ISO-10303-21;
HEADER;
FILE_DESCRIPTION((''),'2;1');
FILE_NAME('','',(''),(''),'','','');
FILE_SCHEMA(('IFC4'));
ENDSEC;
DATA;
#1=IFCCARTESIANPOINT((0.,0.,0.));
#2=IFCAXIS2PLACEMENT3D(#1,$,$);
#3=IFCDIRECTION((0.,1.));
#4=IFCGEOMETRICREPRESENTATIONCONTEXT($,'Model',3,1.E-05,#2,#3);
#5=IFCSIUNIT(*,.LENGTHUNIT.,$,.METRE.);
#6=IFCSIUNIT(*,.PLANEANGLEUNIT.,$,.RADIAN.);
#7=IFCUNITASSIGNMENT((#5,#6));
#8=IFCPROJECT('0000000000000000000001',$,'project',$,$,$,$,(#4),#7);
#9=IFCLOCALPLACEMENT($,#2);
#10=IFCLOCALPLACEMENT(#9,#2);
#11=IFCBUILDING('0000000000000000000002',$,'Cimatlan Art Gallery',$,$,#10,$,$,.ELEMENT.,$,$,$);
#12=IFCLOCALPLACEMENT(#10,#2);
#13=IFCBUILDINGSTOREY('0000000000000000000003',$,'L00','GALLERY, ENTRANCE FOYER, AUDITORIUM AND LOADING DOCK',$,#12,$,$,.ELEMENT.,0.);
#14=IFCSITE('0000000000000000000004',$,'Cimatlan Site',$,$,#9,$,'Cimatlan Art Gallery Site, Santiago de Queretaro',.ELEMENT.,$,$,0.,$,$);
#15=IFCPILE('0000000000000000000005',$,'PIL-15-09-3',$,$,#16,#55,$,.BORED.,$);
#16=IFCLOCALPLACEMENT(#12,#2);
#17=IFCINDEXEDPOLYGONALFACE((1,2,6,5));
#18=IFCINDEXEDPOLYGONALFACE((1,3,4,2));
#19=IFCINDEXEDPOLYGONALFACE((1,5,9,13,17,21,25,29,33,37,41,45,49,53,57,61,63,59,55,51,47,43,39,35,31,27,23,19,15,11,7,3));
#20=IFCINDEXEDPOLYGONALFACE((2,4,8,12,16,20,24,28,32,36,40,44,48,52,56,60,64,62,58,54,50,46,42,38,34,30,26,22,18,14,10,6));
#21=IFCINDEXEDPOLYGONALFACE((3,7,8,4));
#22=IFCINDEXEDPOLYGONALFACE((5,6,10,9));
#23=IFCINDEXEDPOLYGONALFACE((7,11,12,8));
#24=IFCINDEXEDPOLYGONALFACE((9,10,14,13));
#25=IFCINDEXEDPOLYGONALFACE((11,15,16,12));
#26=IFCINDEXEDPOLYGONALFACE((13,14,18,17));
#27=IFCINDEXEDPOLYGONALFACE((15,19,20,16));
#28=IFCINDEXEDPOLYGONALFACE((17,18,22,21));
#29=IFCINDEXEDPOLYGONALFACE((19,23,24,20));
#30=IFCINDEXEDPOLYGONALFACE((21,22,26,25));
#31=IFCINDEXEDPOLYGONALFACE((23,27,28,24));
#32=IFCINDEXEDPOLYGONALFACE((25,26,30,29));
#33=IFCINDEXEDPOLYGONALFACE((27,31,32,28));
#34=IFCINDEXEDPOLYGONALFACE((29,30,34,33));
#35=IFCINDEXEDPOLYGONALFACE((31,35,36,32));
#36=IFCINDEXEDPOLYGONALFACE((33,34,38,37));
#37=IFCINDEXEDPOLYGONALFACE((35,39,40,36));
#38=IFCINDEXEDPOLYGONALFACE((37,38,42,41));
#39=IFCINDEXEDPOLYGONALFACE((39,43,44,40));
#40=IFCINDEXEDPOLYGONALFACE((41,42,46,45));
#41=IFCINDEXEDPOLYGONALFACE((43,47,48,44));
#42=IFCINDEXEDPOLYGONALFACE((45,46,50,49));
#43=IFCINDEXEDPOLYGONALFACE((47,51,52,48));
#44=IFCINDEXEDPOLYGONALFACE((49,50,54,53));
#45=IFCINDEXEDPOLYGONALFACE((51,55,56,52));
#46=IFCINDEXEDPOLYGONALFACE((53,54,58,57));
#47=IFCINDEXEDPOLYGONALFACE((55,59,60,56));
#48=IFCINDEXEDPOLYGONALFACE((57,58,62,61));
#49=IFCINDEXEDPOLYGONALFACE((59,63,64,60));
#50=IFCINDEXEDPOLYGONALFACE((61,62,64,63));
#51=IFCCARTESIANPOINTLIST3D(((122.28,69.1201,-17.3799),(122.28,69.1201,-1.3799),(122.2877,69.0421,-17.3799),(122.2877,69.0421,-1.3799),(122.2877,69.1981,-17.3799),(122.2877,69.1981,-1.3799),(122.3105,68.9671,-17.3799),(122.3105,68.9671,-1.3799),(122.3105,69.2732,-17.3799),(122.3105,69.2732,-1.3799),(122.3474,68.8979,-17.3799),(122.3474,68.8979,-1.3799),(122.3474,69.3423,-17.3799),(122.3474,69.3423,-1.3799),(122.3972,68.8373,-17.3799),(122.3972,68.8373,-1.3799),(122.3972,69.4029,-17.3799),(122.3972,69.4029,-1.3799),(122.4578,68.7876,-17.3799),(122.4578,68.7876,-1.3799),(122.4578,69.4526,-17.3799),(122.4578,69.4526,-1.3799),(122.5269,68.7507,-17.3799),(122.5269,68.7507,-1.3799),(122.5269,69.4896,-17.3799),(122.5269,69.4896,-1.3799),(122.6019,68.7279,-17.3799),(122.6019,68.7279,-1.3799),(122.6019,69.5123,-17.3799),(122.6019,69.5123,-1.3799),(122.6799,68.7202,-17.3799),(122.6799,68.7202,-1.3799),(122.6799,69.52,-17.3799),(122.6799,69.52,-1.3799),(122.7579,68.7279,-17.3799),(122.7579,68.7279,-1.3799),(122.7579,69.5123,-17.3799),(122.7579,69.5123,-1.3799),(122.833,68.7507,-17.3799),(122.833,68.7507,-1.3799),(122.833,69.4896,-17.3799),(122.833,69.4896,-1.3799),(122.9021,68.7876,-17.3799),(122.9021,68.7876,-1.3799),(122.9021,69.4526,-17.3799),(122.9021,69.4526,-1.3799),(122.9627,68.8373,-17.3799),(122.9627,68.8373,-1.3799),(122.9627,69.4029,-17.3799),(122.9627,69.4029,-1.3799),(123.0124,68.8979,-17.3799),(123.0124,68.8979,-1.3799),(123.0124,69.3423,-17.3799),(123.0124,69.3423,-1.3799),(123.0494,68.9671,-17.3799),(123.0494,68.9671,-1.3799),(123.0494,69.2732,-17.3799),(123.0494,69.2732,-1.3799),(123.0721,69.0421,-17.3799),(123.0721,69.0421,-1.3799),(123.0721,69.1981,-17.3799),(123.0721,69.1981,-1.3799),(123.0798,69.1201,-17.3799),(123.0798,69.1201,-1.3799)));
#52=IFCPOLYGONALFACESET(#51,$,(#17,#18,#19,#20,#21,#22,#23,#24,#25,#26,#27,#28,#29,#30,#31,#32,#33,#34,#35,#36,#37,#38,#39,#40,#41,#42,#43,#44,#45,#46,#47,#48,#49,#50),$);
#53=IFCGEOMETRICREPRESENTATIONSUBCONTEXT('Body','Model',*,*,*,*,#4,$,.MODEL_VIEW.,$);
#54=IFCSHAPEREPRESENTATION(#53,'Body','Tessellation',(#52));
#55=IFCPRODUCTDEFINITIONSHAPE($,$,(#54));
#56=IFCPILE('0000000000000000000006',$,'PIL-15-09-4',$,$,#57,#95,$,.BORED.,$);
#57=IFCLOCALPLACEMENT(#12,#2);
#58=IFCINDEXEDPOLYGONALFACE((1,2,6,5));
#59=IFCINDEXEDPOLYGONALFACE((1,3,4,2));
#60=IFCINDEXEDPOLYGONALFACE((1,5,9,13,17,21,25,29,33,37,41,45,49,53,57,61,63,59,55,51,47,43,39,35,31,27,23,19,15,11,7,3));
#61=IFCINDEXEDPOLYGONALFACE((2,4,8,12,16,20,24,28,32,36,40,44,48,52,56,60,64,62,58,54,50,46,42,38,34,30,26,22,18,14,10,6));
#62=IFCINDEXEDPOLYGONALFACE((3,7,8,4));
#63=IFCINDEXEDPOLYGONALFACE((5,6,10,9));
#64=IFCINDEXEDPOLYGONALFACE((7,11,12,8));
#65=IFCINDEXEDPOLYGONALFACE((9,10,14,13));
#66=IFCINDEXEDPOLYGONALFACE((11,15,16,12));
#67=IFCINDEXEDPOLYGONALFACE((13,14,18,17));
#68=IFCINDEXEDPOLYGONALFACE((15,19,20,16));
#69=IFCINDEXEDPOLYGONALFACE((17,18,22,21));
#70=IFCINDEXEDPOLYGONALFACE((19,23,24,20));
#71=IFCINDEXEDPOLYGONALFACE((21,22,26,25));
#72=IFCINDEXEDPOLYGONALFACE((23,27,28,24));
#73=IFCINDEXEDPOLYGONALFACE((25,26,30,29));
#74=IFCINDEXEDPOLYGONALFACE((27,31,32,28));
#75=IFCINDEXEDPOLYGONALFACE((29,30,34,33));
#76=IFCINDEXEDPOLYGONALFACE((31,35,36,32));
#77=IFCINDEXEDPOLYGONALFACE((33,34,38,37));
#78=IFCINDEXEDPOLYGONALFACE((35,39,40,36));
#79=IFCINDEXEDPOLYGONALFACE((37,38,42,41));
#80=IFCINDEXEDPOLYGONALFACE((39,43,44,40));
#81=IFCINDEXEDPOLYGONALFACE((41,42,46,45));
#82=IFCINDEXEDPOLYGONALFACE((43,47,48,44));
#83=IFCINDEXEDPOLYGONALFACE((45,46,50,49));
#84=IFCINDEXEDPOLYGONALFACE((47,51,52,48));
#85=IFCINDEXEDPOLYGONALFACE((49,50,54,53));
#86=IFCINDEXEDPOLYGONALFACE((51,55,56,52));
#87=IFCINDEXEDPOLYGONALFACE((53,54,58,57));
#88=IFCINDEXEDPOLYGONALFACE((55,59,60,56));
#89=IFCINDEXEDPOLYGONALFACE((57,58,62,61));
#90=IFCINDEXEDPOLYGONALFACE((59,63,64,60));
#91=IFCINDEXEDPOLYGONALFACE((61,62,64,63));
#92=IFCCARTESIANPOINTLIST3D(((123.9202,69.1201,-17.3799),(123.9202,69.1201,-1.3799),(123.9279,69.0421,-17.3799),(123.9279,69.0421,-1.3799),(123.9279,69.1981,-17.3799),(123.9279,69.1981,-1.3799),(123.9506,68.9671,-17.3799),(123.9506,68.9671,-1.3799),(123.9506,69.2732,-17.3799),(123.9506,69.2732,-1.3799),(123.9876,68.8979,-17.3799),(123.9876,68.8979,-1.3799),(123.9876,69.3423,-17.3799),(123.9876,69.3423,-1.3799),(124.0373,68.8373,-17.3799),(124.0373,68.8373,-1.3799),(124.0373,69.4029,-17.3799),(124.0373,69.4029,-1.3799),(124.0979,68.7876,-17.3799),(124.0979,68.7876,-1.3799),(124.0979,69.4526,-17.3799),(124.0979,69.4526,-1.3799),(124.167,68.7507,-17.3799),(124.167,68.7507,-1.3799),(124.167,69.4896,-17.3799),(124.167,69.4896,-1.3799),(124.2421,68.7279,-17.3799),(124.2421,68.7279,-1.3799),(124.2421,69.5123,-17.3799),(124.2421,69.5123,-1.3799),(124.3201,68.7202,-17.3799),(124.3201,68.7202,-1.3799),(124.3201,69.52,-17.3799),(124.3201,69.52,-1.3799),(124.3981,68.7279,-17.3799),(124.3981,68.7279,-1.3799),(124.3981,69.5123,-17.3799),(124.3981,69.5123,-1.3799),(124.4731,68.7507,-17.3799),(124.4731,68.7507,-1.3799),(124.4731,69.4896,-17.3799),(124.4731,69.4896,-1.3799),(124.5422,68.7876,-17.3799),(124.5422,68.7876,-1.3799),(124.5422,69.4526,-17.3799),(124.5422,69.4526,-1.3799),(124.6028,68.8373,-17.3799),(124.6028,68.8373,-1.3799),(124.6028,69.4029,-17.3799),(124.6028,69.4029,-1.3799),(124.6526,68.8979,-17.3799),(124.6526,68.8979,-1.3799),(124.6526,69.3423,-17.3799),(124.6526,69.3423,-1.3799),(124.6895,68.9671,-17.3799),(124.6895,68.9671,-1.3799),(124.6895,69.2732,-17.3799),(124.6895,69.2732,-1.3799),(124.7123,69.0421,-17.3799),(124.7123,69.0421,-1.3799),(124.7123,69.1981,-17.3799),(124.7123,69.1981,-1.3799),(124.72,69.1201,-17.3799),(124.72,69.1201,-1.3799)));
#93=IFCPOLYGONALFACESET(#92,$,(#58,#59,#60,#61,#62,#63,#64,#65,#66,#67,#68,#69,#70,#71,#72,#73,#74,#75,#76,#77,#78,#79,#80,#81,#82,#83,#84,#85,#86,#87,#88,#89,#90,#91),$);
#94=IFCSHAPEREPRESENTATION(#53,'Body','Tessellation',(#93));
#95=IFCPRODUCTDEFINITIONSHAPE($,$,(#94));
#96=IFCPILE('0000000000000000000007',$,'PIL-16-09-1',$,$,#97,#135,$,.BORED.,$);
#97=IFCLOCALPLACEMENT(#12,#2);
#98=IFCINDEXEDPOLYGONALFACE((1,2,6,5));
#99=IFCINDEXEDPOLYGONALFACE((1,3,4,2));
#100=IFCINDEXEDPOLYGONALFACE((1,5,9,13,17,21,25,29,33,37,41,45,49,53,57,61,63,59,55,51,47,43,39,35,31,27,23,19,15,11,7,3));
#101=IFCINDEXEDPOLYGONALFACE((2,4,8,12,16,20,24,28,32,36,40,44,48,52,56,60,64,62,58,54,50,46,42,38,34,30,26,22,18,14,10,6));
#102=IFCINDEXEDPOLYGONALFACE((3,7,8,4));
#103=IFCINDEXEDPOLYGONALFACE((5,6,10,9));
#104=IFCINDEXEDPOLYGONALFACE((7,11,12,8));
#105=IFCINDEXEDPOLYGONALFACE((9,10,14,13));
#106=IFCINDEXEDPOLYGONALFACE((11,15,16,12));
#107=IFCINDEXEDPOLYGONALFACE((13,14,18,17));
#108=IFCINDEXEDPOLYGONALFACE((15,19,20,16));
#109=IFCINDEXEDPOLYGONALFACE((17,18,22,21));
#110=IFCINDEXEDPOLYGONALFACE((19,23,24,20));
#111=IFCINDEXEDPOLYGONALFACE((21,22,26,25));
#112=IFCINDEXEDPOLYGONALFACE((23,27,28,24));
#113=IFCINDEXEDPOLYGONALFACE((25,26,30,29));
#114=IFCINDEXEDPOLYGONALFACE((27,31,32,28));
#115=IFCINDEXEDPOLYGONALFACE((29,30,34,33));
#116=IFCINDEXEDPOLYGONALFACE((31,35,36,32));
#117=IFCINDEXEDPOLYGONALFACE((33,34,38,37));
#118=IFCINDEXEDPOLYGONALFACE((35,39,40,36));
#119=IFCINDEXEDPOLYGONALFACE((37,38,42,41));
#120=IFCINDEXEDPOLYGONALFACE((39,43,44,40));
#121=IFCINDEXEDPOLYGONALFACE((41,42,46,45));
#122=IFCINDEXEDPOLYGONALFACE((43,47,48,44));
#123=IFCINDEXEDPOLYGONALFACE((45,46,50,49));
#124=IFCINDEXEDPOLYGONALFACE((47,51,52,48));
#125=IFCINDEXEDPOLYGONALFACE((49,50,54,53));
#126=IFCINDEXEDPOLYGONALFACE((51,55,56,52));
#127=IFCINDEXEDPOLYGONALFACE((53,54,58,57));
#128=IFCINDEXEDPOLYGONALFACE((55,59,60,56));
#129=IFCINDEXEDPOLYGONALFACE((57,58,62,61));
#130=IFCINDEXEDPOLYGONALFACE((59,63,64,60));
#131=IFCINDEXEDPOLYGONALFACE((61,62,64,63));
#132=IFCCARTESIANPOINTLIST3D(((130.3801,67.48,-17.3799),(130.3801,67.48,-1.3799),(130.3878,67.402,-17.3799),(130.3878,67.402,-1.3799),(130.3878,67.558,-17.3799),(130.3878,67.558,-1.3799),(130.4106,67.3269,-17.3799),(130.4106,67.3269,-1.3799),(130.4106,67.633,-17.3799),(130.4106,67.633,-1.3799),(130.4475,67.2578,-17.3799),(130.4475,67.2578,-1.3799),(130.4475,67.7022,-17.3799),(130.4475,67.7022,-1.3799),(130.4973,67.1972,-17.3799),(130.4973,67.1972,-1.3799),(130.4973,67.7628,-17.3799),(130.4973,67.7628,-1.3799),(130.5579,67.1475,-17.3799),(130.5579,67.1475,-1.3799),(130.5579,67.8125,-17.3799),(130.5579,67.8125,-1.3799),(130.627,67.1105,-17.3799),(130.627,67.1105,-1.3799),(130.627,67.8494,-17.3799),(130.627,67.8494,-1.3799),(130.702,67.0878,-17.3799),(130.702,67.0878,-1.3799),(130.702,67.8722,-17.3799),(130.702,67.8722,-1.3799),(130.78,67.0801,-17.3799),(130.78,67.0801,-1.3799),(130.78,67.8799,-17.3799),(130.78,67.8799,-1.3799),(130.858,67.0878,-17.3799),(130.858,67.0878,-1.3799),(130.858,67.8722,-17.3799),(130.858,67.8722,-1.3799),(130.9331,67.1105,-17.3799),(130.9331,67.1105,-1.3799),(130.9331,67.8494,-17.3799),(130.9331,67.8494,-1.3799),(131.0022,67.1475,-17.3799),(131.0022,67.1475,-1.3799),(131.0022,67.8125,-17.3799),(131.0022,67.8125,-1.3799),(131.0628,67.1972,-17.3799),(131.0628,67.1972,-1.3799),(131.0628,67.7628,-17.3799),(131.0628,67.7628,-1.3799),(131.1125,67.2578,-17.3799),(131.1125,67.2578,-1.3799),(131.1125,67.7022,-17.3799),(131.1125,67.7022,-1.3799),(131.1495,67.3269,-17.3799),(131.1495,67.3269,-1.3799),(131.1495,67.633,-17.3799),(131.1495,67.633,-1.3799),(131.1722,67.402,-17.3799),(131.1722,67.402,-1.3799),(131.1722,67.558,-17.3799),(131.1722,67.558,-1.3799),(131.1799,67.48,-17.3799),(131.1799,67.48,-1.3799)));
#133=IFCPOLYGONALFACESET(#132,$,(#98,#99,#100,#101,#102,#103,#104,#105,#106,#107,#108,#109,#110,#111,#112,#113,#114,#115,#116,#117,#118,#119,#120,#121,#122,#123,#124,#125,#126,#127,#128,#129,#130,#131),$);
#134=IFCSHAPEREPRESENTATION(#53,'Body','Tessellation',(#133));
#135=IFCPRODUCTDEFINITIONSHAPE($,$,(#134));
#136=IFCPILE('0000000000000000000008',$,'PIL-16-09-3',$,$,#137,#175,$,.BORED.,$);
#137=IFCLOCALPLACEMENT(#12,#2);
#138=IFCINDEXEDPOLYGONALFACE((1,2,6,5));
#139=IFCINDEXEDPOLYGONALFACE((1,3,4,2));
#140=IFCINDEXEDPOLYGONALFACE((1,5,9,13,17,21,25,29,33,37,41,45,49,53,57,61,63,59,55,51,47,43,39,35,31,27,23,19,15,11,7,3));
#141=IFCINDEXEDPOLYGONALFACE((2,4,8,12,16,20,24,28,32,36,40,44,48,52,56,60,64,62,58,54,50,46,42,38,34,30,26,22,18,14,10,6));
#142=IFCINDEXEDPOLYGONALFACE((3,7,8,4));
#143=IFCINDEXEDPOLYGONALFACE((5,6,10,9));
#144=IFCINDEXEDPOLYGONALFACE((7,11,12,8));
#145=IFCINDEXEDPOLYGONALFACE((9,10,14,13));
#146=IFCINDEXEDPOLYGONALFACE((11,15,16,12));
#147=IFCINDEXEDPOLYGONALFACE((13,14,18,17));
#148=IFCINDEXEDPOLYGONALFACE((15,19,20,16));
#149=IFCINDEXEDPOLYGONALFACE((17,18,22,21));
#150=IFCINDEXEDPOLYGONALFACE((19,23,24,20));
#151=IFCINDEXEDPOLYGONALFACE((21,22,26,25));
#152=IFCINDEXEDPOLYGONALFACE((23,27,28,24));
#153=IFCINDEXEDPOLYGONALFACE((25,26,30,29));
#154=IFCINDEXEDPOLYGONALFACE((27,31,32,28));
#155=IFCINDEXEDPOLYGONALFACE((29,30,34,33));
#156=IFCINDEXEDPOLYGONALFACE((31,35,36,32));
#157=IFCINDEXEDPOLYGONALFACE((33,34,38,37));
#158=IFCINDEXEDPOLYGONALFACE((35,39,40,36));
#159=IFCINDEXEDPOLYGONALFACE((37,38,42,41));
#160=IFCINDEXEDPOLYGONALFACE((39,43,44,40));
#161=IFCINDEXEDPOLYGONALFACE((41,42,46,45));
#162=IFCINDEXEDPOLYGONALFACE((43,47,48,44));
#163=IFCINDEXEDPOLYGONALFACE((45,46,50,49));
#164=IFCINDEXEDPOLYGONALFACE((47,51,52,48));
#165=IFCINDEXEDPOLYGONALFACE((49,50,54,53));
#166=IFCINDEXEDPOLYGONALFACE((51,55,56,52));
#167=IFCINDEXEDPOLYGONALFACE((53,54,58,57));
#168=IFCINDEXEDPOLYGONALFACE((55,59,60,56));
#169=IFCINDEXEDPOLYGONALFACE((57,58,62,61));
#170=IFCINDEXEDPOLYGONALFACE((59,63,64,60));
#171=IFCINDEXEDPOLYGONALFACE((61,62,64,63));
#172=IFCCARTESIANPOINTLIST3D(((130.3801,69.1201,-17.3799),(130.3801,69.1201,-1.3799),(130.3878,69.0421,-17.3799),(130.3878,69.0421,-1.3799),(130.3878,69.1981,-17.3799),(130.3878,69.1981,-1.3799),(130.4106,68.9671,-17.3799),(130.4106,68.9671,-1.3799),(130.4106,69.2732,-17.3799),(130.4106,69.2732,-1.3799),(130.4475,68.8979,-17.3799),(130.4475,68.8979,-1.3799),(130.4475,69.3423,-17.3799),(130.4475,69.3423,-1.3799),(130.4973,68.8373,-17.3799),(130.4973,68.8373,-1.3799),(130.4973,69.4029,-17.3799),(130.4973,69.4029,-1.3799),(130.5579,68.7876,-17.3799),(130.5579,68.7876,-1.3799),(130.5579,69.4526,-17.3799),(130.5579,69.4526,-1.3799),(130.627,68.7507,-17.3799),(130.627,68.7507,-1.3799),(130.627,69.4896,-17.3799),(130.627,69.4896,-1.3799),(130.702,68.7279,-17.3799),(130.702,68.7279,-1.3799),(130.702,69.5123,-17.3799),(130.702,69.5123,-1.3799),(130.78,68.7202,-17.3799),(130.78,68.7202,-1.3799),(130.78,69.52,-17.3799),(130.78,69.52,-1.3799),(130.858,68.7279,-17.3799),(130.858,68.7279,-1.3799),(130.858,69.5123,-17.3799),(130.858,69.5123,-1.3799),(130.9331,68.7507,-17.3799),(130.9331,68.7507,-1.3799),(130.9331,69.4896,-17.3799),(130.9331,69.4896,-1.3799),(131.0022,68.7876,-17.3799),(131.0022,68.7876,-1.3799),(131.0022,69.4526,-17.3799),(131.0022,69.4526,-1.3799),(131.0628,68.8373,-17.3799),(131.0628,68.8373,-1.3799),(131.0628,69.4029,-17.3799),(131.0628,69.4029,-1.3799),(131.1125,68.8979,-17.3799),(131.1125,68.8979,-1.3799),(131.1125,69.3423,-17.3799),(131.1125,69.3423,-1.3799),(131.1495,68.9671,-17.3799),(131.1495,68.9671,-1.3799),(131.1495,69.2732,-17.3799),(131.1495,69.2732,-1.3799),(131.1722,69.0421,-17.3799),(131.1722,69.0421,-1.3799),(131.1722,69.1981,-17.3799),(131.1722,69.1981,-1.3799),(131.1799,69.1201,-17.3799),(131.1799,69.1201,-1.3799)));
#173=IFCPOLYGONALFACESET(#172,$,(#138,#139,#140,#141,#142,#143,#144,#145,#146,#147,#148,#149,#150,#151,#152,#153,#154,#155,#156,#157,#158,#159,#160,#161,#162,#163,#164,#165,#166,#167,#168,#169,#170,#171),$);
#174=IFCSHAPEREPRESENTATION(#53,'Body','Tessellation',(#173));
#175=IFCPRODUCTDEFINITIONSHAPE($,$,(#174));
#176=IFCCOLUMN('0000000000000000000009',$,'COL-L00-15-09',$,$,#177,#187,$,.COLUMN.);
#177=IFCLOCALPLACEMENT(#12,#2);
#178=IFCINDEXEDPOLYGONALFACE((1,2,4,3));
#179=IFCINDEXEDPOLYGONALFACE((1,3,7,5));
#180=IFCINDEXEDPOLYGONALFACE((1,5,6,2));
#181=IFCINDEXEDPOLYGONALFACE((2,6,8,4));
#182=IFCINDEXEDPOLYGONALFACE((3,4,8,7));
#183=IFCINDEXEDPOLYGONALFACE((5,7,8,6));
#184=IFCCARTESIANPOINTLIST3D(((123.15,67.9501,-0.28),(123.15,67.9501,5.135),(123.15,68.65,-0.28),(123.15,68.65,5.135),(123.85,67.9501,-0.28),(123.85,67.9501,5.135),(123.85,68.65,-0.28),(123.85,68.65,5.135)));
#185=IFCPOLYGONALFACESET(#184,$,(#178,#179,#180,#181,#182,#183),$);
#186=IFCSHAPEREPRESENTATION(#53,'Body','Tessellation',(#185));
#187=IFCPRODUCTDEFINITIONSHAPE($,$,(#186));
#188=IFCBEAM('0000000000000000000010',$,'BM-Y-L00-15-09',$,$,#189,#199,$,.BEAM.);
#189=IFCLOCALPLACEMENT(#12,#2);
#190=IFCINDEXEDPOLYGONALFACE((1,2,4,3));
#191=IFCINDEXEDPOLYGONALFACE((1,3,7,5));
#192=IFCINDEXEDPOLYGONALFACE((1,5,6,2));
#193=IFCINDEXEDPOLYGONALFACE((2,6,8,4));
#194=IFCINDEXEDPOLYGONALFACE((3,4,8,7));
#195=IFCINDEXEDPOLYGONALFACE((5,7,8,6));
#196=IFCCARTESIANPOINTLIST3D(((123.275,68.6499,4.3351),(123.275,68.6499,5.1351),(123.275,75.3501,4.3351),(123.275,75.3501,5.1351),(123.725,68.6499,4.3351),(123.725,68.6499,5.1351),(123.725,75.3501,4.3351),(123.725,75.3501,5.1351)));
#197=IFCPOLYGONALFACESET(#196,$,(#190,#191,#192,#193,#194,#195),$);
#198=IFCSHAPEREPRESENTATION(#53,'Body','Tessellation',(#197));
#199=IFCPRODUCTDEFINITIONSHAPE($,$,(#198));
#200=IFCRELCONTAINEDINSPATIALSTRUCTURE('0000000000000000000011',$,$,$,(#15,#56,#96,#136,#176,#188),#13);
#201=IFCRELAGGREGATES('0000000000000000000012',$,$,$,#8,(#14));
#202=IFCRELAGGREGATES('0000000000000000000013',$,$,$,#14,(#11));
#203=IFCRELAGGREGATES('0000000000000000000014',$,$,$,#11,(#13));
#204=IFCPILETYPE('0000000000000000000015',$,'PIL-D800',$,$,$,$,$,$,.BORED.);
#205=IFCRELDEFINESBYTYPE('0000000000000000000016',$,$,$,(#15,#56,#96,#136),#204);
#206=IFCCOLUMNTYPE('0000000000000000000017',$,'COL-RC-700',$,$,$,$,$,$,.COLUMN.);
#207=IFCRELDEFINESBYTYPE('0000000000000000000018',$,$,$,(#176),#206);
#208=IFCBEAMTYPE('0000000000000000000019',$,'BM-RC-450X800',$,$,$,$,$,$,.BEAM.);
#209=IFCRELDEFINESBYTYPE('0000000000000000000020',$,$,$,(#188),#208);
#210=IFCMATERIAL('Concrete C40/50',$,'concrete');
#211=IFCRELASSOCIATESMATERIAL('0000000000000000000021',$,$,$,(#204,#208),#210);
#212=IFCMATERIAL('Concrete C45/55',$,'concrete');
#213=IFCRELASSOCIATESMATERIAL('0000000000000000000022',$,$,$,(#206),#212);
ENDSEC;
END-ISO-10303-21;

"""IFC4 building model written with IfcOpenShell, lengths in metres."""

from ifc_helpers import new_model, si_unit, direction, frame, origin, origin_2d, place, context, subcontext, project, spatial, rectangle, circle, extrude, material, material_profile, profile_set, type_object, element, save


model = new_model("IFC4")

# Units and contexts
model_context = context("Model", 3, precision=1e-05, world=origin(), true_north=direction((0.0, 1.0)))
body_context = subcontext(model_context, "Body", "Model", "MODEL_VIEW")
ifc_project = project(units=[si_unit("LENGTHUNIT", "METRE"), si_unit("PLANEANGLEUNIT", "RADIAN")], contexts=[model_context])

# Site, building, storey
site_placement = place(None, origin())
site = spatial("IfcSite", under=ifc_project, at=site_placement, Name="Cimatlan Site", LongName="Cimatlan Art Gallery Site, Santiago de Queretaro", CompositionType="ELEMENT", RefElevation=0.0)
building_placement = place(site_placement, origin())
building = spatial("IfcBuilding", under=site, at=building_placement, Name="Cimatlan Art Gallery", CompositionType="ELEMENT")
storey_placement = place(building_placement, origin())
storey = spatial("IfcBuildingStorey", under=building, at=storey_placement, Name="L00", Description="GALLERY, ENTRANCE FOYER, AUDITORIUM AND LOADING DOCK", CompositionType="ELEMENT", Elevation=0.0)

# Shared definitions
ifc_material_1 = material(Name="Concrete C40/50", Category="concrete")

# Piles
pile_type = type_object("IfcPileType", Name="PIL-D800", PredefinedType="BORED", material=ifc_material_1)
for number, where, z_axis, x_axis, name in (
    (1, (122.6799, 69.1201, -1.3799), (0.0, 0.0, -1.0), (1.0, 0.0, 0.0), "PIL-15-09-3"),
    (2, (124.3201, 69.1201, -1.3799), (0.0, 0.0, -1.0), (1.0, 0.0, 0.0), "PIL-15-09-4"),
    (3, (130.78, 67.48, -1.3799), (0.0, 0.0, -1.0), (1.0, 0.0, 0.0), "PIL-16-09-1"),
    (4, (130.78, 69.1201, -1.3799), (0.0, 0.0, -1.0), (1.0, 0.0, 0.0), "PIL-16-09-3"),
):
    element("IfcPile", number, at=place(storey_placement, frame(where, z_axis=z_axis, x_axis=x_axis)), inside=storey, type_object=pile_type, Name=name, PredefinedType="BORED", context=body_context, shape_type="SweptSolid", body=[
        extrude(circle(Radius=0.3999, at=origin_2d()), origin(), (0.0, 0.0, 1.0), 16.0),
    ])

# Column
ifc_material_2 = material(Name="Concrete C45/55", Category="concrete")
ifc_material_profile_1 = material_profile(ifc_material_2, rectangle(XDim=0.7, YDim=0.7, at=origin_2d()), Name="RC700X700")
ifc_profile_set_1 = profile_set([ifc_material_profile_1], Name="Concrete C45/55")
column_type = type_object("IfcColumnType", Name="COL-RC-700", PredefinedType="COLUMN", material=ifc_profile_set_1)
column_placement = place(storey_placement, frame((123.5, 68.3, -0.28), z_axis=(0.0, 0.0, 1.0), x_axis=(1.0, 0.0, 0.0)))
element("IfcColumn", 5, at=column_placement, inside=storey, type_object=column_type, Name="COL-L00-15-09", PredefinedType="COLUMN", context=body_context, shape_type="SweptSolid", body=[
    extrude(rectangle(XDim=0.7, YDim=0.7, at=origin_2d()), origin(), (0.0, 0.0, 1.0), 5.415),
])

# Beam
ifc_material_profile_2 = material_profile(ifc_material_1, rectangle(XDim=0.45, YDim=0.8, at=origin_2d()), Name="RC450X800")
ifc_profile_set_2 = profile_set([ifc_material_profile_2], Name="Concrete C40/50")
beam_type_1 = type_object("IfcBeamType", Name="BM-RC-450X800", PredefinedType="BEAM", material=ifc_profile_set_2)
beam_1_placement = place(storey_placement, frame((123.5, 68.6499, 4.7351), z_axis=(0.0, 1.0, 0.0), x_axis=(-1.0, 0.0, 0.0)))
element("IfcBeam", 6, at=beam_1_placement, inside=storey, type_object=beam_type_1, Name="BM-Y-L00-15-09", PredefinedType="BEAM", context=body_context, shape_type="SweptSolid", body=[
    extrude(rectangle(XDim=0.45, YDim=0.8, at=origin_2d()), origin(), (0.0, 0.0, 1.0), 6.7002),
])

save(model, "model.ifc")
